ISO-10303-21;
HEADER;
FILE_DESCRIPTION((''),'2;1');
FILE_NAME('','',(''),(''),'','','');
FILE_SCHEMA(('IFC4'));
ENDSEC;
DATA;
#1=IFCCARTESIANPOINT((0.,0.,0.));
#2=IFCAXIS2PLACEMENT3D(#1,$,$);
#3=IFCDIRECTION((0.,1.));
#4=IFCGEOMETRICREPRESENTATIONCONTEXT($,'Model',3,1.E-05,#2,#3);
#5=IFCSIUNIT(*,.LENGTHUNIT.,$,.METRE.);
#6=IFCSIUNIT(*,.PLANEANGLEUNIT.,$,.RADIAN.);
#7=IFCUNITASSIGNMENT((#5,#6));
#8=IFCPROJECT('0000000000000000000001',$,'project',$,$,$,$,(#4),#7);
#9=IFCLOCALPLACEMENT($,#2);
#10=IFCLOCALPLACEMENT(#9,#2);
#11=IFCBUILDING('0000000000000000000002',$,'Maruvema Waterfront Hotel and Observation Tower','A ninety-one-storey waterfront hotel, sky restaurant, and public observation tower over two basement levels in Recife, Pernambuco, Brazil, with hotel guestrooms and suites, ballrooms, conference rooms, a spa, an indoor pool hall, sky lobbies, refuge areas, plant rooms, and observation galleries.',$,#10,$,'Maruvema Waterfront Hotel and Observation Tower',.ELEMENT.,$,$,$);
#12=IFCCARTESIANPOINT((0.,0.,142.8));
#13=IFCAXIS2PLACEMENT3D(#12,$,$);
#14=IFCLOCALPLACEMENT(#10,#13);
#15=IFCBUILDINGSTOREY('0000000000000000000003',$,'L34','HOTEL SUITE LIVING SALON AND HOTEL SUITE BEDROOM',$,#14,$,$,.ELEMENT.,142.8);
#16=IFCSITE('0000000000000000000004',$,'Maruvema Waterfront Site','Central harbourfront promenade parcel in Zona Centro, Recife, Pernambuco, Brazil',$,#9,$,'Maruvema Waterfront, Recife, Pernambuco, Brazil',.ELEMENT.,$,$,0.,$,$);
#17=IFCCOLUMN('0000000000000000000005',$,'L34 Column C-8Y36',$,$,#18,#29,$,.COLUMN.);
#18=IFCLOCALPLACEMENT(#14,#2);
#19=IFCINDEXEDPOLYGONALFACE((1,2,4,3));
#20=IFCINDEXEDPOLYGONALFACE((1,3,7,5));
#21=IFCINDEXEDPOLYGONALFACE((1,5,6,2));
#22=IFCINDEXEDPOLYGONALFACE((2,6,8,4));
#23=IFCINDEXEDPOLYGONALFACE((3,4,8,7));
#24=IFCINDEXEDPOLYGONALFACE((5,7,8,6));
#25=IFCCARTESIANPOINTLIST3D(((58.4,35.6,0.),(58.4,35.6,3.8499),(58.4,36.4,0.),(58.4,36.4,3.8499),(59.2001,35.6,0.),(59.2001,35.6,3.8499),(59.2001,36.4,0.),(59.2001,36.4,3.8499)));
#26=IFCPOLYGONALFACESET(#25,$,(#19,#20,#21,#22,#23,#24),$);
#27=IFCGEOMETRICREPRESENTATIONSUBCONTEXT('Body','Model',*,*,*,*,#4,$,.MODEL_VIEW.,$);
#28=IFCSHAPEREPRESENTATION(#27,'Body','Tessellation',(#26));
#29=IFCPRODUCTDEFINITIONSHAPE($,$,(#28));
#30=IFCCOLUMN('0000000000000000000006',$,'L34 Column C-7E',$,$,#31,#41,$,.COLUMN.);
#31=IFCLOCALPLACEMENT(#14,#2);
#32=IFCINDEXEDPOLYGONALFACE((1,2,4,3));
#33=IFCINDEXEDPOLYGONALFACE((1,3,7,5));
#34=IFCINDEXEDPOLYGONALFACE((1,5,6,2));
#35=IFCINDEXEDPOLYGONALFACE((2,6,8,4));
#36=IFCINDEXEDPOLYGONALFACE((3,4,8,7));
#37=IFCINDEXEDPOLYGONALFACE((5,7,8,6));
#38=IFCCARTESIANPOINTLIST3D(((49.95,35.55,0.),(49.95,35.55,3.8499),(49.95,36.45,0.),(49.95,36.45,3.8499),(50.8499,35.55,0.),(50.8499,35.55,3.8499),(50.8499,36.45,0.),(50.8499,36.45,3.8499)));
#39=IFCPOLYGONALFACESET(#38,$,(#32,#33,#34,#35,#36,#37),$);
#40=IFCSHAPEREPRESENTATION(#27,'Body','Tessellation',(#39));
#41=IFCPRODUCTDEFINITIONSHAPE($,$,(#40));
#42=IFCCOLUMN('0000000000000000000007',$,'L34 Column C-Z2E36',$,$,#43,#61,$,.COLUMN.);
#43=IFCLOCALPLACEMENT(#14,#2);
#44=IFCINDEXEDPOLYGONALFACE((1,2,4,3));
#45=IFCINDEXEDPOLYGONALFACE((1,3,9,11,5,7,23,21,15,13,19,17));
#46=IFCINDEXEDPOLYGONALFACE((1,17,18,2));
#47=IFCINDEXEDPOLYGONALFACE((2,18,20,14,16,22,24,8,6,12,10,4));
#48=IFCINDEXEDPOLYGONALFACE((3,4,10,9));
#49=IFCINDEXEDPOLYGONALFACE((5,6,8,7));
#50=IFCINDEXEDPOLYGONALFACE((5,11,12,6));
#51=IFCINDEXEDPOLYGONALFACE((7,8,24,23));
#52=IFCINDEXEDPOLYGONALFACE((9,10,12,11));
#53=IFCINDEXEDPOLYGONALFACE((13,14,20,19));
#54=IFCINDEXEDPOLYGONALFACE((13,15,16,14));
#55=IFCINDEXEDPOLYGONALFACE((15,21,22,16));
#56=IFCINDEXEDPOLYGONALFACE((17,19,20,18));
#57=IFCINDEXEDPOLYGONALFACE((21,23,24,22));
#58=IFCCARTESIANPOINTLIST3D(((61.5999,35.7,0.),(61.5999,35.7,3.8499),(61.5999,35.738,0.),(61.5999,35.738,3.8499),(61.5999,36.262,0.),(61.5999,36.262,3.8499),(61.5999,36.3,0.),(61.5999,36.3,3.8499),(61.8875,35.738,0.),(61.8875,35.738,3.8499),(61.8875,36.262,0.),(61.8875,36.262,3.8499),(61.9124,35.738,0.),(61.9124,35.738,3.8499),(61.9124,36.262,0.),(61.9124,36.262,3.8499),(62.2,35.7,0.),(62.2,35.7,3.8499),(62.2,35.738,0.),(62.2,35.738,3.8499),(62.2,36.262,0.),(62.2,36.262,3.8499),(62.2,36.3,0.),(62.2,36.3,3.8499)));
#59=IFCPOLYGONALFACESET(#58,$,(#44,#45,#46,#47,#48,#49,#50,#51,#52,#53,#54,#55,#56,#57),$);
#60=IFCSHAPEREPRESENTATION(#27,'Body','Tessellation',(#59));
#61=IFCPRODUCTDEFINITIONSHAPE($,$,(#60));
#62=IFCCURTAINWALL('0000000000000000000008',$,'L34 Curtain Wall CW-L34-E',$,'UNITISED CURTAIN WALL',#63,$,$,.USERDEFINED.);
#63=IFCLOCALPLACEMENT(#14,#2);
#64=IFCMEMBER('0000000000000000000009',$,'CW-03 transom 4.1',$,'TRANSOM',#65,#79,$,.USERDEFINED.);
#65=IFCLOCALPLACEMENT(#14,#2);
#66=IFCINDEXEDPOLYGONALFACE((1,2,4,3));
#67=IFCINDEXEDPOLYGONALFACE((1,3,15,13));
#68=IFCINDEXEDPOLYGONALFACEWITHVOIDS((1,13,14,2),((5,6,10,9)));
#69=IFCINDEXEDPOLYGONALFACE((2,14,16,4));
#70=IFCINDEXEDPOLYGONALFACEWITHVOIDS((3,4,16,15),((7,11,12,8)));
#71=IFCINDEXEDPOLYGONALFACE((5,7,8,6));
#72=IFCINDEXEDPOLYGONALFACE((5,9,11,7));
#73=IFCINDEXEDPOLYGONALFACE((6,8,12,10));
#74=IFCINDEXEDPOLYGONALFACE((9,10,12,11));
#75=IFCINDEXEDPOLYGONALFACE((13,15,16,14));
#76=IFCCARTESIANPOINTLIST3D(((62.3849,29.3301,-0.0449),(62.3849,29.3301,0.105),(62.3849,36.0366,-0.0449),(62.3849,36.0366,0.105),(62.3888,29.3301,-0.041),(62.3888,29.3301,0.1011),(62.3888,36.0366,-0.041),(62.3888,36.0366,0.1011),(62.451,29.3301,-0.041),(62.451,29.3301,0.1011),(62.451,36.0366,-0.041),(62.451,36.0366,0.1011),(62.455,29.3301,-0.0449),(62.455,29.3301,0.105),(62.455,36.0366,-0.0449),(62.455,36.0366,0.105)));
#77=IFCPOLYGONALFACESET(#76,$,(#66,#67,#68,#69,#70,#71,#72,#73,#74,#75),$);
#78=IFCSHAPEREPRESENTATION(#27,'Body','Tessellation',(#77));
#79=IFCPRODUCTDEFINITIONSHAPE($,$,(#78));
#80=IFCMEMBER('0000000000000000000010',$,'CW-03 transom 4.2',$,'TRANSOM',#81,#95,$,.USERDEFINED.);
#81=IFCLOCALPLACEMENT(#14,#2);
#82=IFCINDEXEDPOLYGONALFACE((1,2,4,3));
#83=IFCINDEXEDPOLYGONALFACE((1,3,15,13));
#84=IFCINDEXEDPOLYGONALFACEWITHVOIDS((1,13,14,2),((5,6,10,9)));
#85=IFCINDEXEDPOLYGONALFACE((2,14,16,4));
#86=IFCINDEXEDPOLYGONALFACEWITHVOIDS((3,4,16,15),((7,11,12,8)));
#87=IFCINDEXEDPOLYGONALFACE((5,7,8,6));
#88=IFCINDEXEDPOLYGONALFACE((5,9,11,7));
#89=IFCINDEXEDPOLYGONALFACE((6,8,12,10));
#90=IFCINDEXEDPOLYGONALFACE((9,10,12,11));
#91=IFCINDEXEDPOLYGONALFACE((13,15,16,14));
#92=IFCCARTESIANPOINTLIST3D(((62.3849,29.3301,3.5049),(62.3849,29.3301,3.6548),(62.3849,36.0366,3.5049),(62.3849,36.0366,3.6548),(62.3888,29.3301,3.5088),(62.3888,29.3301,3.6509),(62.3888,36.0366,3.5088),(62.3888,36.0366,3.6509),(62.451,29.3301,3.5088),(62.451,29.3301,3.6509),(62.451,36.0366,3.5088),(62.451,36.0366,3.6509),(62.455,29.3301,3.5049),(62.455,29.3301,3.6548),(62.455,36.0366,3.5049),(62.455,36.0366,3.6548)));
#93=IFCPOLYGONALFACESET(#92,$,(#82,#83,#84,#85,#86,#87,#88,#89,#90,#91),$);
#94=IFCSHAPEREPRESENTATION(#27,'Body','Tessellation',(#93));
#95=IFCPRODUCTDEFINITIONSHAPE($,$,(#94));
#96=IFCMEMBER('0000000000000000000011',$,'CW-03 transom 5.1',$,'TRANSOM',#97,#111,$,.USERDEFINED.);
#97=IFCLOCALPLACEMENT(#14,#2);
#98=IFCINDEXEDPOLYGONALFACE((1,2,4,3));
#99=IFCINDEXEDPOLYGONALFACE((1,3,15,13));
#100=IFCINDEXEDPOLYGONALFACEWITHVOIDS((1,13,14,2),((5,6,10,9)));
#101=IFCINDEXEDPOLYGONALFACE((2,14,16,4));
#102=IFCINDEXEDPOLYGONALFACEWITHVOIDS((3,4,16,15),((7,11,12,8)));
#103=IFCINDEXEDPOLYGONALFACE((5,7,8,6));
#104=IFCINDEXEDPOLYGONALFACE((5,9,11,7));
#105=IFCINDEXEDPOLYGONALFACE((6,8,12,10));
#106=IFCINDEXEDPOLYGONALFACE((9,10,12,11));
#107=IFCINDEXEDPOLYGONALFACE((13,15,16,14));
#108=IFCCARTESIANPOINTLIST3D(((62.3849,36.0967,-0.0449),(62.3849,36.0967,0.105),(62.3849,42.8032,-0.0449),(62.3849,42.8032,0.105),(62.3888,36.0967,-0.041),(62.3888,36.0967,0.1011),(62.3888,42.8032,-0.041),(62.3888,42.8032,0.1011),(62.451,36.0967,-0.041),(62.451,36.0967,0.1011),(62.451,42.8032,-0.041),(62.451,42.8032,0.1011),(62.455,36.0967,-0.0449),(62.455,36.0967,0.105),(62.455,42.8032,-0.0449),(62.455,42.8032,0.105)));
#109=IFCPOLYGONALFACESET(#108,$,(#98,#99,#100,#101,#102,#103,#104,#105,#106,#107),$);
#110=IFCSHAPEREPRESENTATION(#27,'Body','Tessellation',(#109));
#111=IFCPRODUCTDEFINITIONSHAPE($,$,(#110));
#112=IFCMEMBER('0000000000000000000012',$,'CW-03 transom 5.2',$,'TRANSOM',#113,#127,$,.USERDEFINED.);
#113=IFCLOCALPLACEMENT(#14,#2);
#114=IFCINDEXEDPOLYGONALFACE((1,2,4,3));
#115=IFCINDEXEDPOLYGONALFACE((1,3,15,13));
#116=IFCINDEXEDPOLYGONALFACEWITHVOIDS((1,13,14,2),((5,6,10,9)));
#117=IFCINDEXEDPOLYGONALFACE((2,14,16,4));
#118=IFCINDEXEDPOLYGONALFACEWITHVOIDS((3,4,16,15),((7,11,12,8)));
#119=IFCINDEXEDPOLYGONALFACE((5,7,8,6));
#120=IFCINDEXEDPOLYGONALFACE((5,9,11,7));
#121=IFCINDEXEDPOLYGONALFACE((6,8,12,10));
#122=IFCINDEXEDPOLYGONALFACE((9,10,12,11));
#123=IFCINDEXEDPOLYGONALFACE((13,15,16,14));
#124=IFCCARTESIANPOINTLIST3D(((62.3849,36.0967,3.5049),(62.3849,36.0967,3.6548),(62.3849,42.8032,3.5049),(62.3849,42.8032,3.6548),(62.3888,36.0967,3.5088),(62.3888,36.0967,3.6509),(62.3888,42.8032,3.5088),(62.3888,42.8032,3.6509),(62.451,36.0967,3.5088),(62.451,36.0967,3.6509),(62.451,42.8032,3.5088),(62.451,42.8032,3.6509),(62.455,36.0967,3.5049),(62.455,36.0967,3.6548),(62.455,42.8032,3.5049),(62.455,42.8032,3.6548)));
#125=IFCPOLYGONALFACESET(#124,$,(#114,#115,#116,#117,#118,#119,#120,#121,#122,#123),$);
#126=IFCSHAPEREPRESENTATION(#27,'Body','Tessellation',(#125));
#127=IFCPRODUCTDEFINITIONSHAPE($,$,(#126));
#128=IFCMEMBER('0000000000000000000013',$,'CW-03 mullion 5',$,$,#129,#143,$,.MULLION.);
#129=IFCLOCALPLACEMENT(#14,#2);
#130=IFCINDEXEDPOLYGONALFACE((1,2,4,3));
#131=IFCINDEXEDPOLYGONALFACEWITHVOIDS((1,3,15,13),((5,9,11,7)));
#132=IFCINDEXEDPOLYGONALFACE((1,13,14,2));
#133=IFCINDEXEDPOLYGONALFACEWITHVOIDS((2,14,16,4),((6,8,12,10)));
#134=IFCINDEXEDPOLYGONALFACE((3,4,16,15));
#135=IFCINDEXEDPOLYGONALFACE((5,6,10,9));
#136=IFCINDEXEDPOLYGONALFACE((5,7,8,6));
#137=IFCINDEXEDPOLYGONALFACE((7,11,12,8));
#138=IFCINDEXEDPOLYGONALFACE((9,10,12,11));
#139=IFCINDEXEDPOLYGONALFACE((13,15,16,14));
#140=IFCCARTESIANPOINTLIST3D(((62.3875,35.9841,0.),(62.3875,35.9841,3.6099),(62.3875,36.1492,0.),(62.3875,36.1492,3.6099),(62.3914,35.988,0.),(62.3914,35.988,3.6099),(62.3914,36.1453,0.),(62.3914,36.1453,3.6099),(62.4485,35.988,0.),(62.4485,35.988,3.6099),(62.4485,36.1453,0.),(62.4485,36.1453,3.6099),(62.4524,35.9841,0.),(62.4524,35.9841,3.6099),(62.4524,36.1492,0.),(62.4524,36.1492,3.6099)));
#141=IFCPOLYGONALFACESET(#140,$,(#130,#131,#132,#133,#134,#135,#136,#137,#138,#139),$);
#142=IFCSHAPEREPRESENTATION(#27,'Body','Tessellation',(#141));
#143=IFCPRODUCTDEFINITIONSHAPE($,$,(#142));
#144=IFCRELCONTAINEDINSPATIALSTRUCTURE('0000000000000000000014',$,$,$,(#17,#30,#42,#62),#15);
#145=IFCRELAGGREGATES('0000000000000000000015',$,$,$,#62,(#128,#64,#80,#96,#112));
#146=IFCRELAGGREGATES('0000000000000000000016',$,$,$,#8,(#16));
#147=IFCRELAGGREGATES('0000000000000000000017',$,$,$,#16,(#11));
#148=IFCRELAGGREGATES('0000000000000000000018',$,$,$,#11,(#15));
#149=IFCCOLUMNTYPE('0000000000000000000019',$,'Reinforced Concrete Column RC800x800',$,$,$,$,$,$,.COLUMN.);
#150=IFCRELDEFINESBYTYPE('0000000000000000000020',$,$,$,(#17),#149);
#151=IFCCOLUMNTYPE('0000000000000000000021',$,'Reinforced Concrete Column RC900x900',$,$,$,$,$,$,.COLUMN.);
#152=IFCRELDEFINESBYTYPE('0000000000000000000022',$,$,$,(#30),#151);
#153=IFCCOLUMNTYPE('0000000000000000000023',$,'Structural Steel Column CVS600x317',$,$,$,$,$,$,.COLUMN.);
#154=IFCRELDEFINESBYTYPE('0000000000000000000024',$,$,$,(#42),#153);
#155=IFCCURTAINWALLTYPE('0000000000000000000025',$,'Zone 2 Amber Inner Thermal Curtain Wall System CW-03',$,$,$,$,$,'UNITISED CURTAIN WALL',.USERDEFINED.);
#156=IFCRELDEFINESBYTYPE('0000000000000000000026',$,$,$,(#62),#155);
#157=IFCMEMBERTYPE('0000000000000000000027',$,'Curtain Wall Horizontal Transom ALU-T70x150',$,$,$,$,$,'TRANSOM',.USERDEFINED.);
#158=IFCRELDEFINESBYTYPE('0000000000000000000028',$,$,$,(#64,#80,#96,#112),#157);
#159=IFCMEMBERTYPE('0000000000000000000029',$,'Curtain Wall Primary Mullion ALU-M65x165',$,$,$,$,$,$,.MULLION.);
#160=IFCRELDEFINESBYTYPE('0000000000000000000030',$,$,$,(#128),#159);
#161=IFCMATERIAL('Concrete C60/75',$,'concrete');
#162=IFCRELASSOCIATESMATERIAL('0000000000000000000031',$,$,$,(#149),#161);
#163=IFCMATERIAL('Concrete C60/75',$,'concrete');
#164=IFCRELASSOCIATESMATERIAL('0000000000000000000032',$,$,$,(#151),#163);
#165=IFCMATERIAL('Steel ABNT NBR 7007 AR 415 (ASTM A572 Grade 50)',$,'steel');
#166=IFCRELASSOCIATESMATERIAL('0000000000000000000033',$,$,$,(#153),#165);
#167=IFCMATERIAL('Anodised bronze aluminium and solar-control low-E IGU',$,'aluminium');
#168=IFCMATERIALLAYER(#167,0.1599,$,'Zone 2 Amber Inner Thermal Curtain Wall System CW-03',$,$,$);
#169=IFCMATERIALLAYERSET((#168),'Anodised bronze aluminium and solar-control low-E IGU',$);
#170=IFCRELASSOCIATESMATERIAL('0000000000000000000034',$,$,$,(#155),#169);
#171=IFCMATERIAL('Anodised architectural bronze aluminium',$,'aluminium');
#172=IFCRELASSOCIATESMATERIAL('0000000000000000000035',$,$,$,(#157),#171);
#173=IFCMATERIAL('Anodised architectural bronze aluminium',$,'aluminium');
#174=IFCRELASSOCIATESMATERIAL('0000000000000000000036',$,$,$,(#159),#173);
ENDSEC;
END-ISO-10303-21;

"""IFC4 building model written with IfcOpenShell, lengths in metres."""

from ifc_helpers import new_model, si_unit, direction, frame, origin, origin_2d, place, context, subcontext, project, spatial, rectangle, hollow_rectangle, i_section, extrude, material, layer, layer_set, material_profile, profile_set, type_object, element, aggregate, save


model = new_model("IFC4")

# Units and contexts
model_context = context("Model", 3, precision=1e-05, world=origin(), true_north=direction((0.0, 1.0)))
body_context = subcontext(model_context, "Body", "Model", "MODEL_VIEW")
ifc_project = project(units=[si_unit("LENGTHUNIT", "METRE"), si_unit("PLANEANGLEUNIT", "RADIAN")], contexts=[model_context])

# Site, building, storey
site_placement = place(None, origin())
site = spatial("IfcSite", under=ifc_project, at=site_placement, Name="Maruvema Waterfront Site", Description="Central harbourfront promenade parcel in Zona Centro, Recife, Pernambuco, Brazil", LongName="Maruvema Waterfront, Recife, Pernambuco, Brazil", CompositionType="ELEMENT", RefElevation=0.0)
building_placement = place(site_placement, origin())
building = spatial("IfcBuilding", under=site, at=building_placement, Name="Maruvema Waterfront Hotel and Observation Tower", Description="A ninety-one-storey waterfront hotel, sky restaurant, and public observation tower over two basement levels in Recife, Pernambuco, Brazil, with hotel guestrooms and suites, ballrooms, conference rooms, a spa, an indoor pool hall, sky lobbies, refuge areas, plant rooms, and observation galleries.", LongName="Maruvema Waterfront Hotel and Observation Tower", CompositionType="ELEMENT")
storey_placement = place(building_placement, frame((0.0, 0.0, 142.8)))
storey = spatial("IfcBuildingStorey", under=building, at=storey_placement, Name="L34", Description="HOTEL SUITE LIVING SALON AND HOTEL SUITE BEDROOM", CompositionType="ELEMENT", Elevation=142.8)

# Columns
ifc_material_1 = material(Name="Concrete C60/75", Category="concrete")
ifc_material_profile_1 = material_profile(ifc_material_1, rectangle(XDim=0.8, YDim=0.8, at=origin_2d()), Name="RC800x800")
ifc_profile_set_1 = profile_set([ifc_material_profile_1], Name="Concrete C60/75")
column_type_1 = type_object("IfcColumnType", Name="Reinforced Concrete Column RC800x800", PredefinedType="COLUMN", material=ifc_profile_set_1)
column_1_placement = place(storey_placement, frame((58.8, 36.0, 0.0), z_axis=(0.0, 0.0, 1.0), x_axis=(1.0, 0.0, 0.0)))
element("IfcColumn", 1, at=column_1_placement, inside=storey, type_object=column_type_1, Name="L34 Column C-8Y36", PredefinedType="COLUMN", context=body_context, shape_type="SweptSolid", body=[
    extrude(rectangle(XDim=0.8, YDim=0.8, at=origin_2d()), origin(), (0.0, 0.0, 1.0), 3.8499),
])
ifc_material_2 = material(Name="Concrete C60/75", Category="concrete")
ifc_material_profile_2 = material_profile(ifc_material_2, rectangle(XDim=0.8999, YDim=0.8999, at=origin_2d()), Name="RC900x900")
ifc_profile_set_2 = profile_set([ifc_material_profile_2], Name="Concrete C60/75")
column_type_2 = type_object("IfcColumnType", Name="Reinforced Concrete Column RC900x900", PredefinedType="COLUMN", material=ifc_profile_set_2)
column_2_placement = place(storey_placement, frame((50.3999, 36.0, 0.0), z_axis=(0.0, 0.0, 1.0), x_axis=(1.0, 0.0, 0.0)))
element("IfcColumn", 2, at=column_2_placement, inside=storey, type_object=column_type_2, Name="L34 Column C-7E", PredefinedType="COLUMN", context=body_context, shape_type="SweptSolid", body=[
    extrude(rectangle(XDim=0.8999, YDim=0.8999, at=origin_2d()), origin(), (0.0, 0.0, 1.0), 3.8499),
])
ifc_material_3 = material(Name="Steel ABNT NBR 7007 AR 415 (ASTM A572 Grade 50)", Category="steel")
ifc_material_profile_3 = material_profile(ifc_material_3, i_section(OverallWidth=0.6001, OverallDepth=0.6001, WebThickness=0.0249, FlangeThickness=0.0381, at=origin_2d()), Name="CVS600x317")
ifc_profile_set_3 = profile_set([ifc_material_profile_3], Name="Steel ABNT NBR 7007 AR 415 (ASTM A572 Grade 50)")
column_type_3 = type_object("IfcColumnType", Name="Structural Steel Column CVS600x317", PredefinedType="COLUMN", material=ifc_profile_set_3)
column_3_placement = place(storey_placement, frame((61.8999, 36.0, 0.0), z_axis=(0.0, 0.0, 1.0), x_axis=(1.0, 0.0, 0.0)))
element("IfcColumn", 3, at=column_3_placement, inside=storey, type_object=column_type_3, Name="L34 Column C-Z2E36", PredefinedType="COLUMN", context=body_context, shape_type="SweptSolid", body=[
    extrude(i_section(OverallWidth=0.6001, OverallDepth=0.6001, WebThickness=0.0249, FlangeThickness=0.0381, at=origin_2d()), origin(), (0.0, 0.0, 1.0), 3.8499),
])

# Curtain wall, members
ifc_material_4 = material(Name="Anodised bronze aluminium and solar-control low-E IGU", Category="aluminium")
ifc_layer_1 = layer(ifc_material_4, 0.1599, Name="Zone 2 Amber Inner Thermal Curtain Wall System CW-03")
ifc_layer_set_1 = layer_set([ifc_layer_1], Name="Anodised bronze aluminium and solar-control low-E IGU")
curtain_wall_type = type_object("IfcCurtainWallType", Name="Zone 2 Amber Inner Thermal Curtain Wall System CW-03", ElementType="UNITISED CURTAIN WALL", PredefinedType="USERDEFINED", material=ifc_layer_set_1)
curtain_wall_placement = place(storey_placement, origin())
curtain_wall = element("IfcCurtainWall", 4, at=curtain_wall_placement, inside=storey, type_object=curtain_wall_type, Name="L34 Curtain Wall CW-L34-E", ObjectType="UNITISED CURTAIN WALL", PredefinedType="USERDEFINED")
ifc_material_5 = material(Name="Anodised architectural bronze aluminium", Category="aluminium")
ifc_material_profile_4 = material_profile(ifc_material_5, hollow_rectangle(XDim=0.0701, YDim=0.1499, WallThickness=0.0039, at=origin_2d()), Name="ALU-T70x150")
ifc_profile_set_4 = profile_set([ifc_material_profile_4], Name="Anodised architectural bronze aluminium")
member_type_1 = type_object("IfcMemberType", Name="Curtain Wall Horizontal Transom ALU-T70x150", ElementType="TRANSOM", PredefinedType="USERDEFINED", material=ifc_profile_set_4)
member_1_placement = place(storey_placement, frame((62.4199, 29.3301, 0.03), z_axis=(0.0, 1.0, 0.0), x_axis=(-1.0, 0.0, 0.0)))
member_1 = element("IfcMember", 5, at=member_1_placement, type_object=member_type_1, Name="CW-03 transom 4.1", ObjectType="TRANSOM", PredefinedType="USERDEFINED", context=body_context, shape_type="SweptSolid", body=[
    extrude(hollow_rectangle(XDim=0.0701, YDim=0.1499, WallThickness=0.0039, at=origin_2d()), origin(), (0.0, 0.0, 1.0), 6.7065),
])
member_2_placement = place(storey_placement, frame((62.4199, 29.3301, 3.5798), z_axis=(0.0, 1.0, 0.0), x_axis=(-1.0, 0.0, 0.0)))
member_2 = element("IfcMember", 6, at=member_2_placement, type_object=member_type_1, Name="CW-03 transom 4.2", ObjectType="TRANSOM", PredefinedType="USERDEFINED", context=body_context, shape_type="SweptSolid", body=[
    extrude(hollow_rectangle(XDim=0.0701, YDim=0.1499, WallThickness=0.0039, at=origin_2d()), origin(), (0.0, 0.0, 1.0), 6.7065),
])
member_3_placement = place(storey_placement, frame((62.4199, 36.0967, 0.03), z_axis=(0.0, 1.0, 0.0), x_axis=(-1.0, 0.0, 0.0)))
member_3 = element("IfcMember", 7, at=member_3_placement, type_object=member_type_1, Name="CW-03 transom 5.1", ObjectType="TRANSOM", PredefinedType="USERDEFINED", context=body_context, shape_type="SweptSolid", body=[
    extrude(hollow_rectangle(XDim=0.0701, YDim=0.1499, WallThickness=0.0039, at=origin_2d()), origin(), (0.0, 0.0, 1.0), 6.7065),
])
member_4_placement = place(storey_placement, frame((62.4199, 36.0967, 3.5798), z_axis=(0.0, 1.0, 0.0), x_axis=(-1.0, 0.0, 0.0)))
member_4 = element("IfcMember", 8, at=member_4_placement, type_object=member_type_1, Name="CW-03 transom 5.2", ObjectType="TRANSOM", PredefinedType="USERDEFINED", context=body_context, shape_type="SweptSolid", body=[
    extrude(hollow_rectangle(XDim=0.0701, YDim=0.1499, WallThickness=0.0039, at=origin_2d()), origin(), (0.0, 0.0, 1.0), 6.7065),
])
ifc_material_6 = material(Name="Anodised architectural bronze aluminium", Category="aluminium")
ifc_material_profile_5 = material_profile(ifc_material_6, hollow_rectangle(XDim=0.0649, YDim=0.165, WallThickness=0.0039, at=origin_2d()), Name="ALU-M65x165")
ifc_profile_set_5 = profile_set([ifc_material_profile_5], Name="Anodised architectural bronze aluminium")
member_type_2 = type_object("IfcMemberType", Name="Curtain Wall Primary Mullion ALU-M65x165", PredefinedType="MULLION", material=ifc_profile_set_5)
member_5_placement = place(storey_placement, frame((62.4199, 36.0667, 0.0), z_axis=(0.0, 0.0, 1.0), x_axis=(-1.0, 0.0, 0.0)))
member_5 = element("IfcMember", 9, at=member_5_placement, type_object=member_type_2, Name="CW-03 mullion 5", PredefinedType="MULLION", context=body_context, shape_type="SweptSolid", body=[
    extrude(hollow_rectangle(XDim=0.0649, YDim=0.165, WallThickness=0.0039, at=origin_2d()), origin(), (0.0, 0.0, 1.0), 3.6099),
])

aggregate(curtain_wall, [member_5, member_1, member_2, member_3, member_4])

save(model, "model.ifc")
